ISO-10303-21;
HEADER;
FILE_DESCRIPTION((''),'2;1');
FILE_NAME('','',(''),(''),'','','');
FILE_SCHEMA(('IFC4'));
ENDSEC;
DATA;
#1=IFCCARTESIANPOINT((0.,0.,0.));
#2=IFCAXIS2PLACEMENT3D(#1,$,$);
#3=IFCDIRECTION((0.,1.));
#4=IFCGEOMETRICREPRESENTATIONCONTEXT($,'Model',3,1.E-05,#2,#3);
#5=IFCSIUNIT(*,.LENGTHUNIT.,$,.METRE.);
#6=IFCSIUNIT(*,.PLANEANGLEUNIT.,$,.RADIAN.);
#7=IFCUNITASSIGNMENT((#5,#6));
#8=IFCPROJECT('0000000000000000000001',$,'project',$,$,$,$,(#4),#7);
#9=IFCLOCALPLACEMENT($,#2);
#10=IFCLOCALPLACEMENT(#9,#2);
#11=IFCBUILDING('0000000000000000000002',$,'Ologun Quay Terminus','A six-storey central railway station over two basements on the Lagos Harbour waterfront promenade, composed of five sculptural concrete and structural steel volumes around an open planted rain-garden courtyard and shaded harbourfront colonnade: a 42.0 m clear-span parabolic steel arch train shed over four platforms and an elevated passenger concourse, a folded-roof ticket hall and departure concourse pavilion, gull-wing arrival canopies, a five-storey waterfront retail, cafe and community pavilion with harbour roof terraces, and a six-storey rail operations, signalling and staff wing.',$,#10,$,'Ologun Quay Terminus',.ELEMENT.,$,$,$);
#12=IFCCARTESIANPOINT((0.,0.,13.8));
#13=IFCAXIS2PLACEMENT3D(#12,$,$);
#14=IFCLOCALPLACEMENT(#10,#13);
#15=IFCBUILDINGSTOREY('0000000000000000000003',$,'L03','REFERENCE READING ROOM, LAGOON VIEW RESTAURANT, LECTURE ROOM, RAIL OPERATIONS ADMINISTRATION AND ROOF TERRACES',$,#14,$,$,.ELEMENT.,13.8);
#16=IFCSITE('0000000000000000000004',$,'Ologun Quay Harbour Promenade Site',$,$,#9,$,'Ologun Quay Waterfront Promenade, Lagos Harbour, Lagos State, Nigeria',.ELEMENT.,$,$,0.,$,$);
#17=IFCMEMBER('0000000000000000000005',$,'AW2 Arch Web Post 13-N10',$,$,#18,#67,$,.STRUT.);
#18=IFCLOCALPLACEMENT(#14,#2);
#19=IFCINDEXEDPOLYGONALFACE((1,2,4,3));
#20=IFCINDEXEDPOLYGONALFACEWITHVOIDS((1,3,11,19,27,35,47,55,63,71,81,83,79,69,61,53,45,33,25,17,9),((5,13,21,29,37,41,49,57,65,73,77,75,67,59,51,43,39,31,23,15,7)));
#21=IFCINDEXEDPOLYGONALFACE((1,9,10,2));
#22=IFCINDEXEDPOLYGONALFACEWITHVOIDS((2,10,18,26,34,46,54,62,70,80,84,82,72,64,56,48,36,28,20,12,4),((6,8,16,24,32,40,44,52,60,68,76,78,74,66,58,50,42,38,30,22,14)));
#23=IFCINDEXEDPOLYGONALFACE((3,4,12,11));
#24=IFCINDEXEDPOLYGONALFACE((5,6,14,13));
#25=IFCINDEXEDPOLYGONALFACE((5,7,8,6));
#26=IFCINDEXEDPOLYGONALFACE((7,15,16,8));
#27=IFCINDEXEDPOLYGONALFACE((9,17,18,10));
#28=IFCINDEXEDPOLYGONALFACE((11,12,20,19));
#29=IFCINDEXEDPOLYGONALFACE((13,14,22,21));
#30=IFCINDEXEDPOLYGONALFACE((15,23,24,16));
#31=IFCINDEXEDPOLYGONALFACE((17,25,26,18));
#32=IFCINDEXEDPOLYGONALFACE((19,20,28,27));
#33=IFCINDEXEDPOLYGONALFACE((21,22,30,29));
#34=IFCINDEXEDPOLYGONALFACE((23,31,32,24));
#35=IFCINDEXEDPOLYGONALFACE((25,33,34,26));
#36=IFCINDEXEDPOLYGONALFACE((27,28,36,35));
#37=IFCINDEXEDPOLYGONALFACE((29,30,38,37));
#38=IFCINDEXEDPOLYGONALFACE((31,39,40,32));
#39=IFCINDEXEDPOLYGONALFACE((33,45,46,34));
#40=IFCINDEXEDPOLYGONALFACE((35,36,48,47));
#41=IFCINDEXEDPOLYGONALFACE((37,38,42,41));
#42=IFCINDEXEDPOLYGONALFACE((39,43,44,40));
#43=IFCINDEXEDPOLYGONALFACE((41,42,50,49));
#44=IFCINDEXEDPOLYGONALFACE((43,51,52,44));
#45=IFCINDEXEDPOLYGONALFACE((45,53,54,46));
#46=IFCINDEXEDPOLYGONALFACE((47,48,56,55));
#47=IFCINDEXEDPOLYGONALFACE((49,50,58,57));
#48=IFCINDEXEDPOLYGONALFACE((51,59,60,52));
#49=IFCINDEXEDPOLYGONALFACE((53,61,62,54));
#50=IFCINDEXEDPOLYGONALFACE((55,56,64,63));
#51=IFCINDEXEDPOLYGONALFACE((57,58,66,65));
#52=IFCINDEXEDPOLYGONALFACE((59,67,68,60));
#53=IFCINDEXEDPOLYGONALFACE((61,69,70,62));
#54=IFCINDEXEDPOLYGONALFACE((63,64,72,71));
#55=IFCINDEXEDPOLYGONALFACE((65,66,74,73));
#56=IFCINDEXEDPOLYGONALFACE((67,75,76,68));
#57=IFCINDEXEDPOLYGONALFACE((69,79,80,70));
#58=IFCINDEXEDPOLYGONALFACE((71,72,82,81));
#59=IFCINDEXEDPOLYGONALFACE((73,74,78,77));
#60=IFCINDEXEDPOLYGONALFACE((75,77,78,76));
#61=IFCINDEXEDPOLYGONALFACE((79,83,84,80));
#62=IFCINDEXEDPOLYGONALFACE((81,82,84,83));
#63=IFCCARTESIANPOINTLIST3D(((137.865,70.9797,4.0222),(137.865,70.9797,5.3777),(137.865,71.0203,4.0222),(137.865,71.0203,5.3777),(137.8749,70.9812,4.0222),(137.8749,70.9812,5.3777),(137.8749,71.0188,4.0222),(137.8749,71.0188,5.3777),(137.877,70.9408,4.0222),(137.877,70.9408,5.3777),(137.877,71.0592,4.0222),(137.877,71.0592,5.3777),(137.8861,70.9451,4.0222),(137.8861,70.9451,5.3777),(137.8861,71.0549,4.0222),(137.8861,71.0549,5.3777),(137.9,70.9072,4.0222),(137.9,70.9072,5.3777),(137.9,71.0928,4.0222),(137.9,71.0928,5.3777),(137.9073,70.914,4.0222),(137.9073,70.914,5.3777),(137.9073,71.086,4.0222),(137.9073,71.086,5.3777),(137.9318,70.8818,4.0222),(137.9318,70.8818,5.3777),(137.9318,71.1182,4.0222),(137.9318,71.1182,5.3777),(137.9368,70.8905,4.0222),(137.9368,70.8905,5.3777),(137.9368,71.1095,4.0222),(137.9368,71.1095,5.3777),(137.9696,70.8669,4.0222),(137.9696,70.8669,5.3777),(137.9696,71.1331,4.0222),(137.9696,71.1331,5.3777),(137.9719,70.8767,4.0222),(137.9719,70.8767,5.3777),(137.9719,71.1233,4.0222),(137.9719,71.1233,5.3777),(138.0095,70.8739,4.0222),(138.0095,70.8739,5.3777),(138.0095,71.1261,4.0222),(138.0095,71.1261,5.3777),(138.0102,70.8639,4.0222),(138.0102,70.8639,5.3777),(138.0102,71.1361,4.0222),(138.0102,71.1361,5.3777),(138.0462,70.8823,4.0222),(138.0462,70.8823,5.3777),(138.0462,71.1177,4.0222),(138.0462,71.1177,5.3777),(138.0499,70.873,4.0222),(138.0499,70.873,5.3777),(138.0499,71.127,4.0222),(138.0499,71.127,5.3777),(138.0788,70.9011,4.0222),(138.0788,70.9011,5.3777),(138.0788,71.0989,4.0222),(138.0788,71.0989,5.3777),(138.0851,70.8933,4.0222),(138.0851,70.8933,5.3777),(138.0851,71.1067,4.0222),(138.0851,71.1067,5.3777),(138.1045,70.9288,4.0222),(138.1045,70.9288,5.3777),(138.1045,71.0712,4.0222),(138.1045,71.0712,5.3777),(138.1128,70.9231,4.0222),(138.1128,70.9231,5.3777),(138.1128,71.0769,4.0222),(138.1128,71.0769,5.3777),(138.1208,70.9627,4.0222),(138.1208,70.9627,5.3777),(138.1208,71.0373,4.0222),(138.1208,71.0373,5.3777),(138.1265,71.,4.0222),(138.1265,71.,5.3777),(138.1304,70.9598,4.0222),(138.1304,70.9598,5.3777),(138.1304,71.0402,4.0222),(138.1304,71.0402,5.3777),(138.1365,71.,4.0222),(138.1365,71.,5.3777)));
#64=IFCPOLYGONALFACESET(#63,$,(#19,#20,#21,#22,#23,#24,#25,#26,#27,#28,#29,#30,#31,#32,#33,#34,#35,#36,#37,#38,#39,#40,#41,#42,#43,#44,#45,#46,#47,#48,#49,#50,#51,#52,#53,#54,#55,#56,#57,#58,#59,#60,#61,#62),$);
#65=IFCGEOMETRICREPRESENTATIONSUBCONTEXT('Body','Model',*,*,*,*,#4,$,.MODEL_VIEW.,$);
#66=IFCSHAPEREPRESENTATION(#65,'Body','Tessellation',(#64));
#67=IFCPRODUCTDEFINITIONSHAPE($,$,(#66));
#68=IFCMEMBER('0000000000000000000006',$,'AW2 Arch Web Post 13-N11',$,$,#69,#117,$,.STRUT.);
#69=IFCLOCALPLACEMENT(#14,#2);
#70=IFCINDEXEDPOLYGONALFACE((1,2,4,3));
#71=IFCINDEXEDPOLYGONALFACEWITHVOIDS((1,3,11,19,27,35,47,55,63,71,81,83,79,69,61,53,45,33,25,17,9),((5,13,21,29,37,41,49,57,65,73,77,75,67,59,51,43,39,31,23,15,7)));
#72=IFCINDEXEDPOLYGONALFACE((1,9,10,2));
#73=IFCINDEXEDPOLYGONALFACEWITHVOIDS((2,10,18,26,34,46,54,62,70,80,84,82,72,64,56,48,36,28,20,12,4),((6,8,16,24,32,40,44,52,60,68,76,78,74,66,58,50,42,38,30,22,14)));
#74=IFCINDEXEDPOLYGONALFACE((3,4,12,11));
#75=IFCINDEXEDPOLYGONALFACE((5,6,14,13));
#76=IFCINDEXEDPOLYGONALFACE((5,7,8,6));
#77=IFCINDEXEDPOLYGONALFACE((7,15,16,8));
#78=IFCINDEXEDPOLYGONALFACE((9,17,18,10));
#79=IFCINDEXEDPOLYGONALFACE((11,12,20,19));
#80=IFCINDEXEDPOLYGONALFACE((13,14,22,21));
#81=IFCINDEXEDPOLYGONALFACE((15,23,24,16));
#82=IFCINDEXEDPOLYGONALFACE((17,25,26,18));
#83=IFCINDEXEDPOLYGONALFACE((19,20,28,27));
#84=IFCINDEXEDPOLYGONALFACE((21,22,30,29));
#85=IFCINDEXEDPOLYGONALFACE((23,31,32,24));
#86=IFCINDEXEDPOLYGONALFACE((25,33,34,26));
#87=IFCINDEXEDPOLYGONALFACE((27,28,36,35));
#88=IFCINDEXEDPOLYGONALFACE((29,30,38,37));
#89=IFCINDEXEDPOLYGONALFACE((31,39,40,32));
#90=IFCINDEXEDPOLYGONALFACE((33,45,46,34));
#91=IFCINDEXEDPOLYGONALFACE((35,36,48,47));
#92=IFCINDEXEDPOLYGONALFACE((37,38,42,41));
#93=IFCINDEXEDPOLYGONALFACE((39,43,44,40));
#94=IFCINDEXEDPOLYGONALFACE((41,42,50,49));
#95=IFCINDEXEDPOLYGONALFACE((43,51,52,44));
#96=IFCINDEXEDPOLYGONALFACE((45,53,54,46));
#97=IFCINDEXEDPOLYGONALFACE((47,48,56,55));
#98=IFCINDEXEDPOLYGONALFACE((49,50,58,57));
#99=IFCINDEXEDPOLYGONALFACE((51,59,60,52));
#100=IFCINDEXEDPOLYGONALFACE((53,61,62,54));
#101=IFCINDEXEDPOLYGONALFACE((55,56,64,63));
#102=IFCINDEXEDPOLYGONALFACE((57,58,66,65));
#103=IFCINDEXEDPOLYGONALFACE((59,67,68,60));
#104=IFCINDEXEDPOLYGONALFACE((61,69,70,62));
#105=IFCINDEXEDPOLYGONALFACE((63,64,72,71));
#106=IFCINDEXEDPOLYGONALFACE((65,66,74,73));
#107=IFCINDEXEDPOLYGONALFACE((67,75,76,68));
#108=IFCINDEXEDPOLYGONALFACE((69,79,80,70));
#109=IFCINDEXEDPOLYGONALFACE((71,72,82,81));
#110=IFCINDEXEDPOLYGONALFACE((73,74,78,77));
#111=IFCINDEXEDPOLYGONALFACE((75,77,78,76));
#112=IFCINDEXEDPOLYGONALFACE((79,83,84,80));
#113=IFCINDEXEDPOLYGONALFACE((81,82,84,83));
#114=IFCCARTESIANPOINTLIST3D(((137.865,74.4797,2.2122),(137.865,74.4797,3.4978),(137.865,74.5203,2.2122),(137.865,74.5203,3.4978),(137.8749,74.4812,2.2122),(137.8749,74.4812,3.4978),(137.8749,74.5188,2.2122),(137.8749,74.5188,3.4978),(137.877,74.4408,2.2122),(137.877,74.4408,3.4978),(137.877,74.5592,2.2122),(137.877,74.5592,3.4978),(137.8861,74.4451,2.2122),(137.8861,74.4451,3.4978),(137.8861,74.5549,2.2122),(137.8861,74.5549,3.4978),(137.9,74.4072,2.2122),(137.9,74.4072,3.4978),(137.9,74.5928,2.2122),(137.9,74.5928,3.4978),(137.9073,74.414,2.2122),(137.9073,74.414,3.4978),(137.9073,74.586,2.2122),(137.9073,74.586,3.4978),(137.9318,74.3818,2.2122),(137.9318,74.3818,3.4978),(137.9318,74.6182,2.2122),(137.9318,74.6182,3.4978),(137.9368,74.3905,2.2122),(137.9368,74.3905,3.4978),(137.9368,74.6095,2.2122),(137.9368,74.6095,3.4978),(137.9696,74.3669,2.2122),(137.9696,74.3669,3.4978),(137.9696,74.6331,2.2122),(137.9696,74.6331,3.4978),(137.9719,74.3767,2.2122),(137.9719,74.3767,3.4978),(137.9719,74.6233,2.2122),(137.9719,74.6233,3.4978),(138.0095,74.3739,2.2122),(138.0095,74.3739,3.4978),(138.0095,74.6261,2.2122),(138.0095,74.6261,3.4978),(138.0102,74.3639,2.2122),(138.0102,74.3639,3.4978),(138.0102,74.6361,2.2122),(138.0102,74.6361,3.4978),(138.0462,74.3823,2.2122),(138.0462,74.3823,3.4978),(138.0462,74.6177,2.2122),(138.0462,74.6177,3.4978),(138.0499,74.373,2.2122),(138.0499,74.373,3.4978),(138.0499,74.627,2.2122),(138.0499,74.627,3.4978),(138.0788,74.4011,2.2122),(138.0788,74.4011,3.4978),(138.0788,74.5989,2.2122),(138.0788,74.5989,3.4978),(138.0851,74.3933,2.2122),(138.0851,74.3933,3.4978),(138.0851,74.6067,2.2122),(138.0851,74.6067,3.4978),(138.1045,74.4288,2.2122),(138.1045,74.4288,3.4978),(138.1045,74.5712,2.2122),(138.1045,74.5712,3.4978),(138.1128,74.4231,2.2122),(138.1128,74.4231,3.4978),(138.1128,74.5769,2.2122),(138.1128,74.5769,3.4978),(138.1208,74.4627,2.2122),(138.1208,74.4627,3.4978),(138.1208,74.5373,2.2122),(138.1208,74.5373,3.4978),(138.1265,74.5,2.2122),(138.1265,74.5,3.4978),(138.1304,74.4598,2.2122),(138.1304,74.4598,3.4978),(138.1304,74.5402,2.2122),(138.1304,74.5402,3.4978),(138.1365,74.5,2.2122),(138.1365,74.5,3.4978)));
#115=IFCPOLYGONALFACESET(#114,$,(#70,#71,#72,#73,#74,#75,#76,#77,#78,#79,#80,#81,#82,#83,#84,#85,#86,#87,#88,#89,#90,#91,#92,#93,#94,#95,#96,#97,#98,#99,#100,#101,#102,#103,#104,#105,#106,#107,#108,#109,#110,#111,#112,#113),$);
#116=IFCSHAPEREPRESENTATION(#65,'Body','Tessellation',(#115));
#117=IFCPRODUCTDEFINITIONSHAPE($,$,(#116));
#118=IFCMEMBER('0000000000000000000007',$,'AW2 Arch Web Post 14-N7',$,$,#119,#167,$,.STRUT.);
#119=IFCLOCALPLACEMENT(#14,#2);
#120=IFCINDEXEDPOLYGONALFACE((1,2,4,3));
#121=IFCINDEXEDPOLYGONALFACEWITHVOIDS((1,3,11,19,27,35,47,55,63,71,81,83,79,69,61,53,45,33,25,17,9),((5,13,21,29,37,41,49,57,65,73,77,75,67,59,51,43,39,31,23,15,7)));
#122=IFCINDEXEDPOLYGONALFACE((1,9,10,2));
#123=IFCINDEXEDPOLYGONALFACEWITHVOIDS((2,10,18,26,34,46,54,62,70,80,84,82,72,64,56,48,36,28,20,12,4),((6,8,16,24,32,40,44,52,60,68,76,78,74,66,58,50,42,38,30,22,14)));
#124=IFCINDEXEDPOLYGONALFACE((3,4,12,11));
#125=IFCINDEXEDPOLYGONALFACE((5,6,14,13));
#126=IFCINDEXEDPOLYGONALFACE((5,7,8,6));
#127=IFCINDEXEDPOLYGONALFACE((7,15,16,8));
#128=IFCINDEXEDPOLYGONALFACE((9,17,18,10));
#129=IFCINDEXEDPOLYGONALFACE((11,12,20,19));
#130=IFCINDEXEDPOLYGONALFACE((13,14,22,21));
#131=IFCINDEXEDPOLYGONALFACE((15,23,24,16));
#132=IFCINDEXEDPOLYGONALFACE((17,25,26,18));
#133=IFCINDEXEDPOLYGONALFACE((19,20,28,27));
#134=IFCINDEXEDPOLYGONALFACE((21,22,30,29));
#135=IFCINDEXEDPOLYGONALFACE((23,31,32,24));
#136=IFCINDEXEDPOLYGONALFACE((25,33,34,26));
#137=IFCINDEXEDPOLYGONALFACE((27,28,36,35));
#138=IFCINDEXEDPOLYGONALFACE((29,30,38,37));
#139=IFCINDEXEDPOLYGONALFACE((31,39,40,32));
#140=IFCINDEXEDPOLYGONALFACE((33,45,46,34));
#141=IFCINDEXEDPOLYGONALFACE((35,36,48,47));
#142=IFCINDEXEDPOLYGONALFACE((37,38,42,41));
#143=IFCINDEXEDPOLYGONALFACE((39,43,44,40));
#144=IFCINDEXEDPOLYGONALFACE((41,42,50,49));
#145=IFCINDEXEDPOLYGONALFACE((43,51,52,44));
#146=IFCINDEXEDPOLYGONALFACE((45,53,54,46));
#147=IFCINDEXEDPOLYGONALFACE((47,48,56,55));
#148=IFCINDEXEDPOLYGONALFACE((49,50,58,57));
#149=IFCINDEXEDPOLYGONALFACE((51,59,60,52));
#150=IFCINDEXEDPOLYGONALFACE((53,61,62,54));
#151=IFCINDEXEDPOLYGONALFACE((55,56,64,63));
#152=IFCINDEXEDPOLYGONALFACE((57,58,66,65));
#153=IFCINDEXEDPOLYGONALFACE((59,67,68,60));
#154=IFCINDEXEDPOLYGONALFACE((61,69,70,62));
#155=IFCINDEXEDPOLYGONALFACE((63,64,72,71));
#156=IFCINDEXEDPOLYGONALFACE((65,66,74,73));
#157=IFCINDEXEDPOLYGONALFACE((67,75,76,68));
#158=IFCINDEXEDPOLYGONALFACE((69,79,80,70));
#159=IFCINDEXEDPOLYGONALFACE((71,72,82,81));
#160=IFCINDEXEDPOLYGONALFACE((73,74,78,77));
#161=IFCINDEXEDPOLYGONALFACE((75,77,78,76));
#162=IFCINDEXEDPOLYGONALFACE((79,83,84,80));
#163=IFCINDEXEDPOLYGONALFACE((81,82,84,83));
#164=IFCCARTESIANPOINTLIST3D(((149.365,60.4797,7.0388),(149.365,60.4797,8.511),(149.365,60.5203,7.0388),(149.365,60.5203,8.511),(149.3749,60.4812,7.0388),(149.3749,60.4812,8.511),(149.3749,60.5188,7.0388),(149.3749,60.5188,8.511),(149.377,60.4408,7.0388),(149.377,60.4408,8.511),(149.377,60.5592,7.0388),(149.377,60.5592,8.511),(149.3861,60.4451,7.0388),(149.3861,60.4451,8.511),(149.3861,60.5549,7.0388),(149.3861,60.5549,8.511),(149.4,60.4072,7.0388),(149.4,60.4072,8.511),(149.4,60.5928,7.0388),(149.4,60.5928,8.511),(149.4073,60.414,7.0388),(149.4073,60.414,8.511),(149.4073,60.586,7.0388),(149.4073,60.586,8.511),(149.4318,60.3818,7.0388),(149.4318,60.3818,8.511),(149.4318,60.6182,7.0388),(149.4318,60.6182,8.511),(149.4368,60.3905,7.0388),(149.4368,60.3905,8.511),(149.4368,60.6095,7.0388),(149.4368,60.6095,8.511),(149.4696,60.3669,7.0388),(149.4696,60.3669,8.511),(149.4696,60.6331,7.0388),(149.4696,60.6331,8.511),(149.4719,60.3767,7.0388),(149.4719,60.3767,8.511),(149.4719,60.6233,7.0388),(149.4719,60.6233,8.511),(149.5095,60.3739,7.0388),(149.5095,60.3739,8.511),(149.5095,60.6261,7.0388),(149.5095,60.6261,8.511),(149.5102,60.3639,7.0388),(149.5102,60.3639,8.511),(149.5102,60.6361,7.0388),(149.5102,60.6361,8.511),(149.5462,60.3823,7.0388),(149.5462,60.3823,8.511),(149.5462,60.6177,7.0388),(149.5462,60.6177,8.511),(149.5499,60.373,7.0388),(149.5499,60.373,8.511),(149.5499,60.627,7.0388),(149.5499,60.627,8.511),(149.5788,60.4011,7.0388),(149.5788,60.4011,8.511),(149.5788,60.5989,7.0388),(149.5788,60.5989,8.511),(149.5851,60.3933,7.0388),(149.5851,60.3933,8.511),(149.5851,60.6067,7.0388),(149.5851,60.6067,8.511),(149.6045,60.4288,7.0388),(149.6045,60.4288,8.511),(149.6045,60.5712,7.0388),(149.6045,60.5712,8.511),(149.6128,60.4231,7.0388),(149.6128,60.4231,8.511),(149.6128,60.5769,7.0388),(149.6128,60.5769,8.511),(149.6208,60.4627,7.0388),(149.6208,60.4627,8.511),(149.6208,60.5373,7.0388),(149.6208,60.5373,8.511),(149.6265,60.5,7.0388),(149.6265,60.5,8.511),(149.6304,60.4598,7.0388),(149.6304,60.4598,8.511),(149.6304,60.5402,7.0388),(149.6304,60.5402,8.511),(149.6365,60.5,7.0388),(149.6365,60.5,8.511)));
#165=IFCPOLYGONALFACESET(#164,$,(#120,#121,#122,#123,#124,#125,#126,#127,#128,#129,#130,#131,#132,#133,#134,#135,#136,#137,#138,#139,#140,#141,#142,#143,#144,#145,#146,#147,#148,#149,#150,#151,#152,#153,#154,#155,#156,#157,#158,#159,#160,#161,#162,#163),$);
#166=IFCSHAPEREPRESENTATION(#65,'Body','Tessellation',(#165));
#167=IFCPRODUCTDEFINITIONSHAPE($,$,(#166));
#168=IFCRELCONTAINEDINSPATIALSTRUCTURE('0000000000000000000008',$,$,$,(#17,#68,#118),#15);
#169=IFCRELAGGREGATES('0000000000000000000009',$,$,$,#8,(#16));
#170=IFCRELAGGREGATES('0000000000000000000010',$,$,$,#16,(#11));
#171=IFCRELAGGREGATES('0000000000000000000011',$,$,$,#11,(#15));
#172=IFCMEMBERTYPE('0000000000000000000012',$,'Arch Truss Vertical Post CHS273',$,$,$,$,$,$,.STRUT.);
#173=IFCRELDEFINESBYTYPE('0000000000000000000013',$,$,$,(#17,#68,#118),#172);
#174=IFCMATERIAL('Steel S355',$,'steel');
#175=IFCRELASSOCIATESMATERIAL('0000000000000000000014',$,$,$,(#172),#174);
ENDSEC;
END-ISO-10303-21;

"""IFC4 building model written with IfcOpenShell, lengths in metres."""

from ifc_helpers import new_model, si_unit, direction, frame, origin, origin_2d, place, context, subcontext, project, spatial, hollow_circle, extrude, material, material_profile, profile_set, type_object, element, save


model = new_model("IFC4")

# Units and contexts
model_context = context("Model", 3, precision=1e-05, world=origin(), true_north=direction((0.0, 1.0)))
body_context = subcontext(model_context, "Body", "Model", "MODEL_VIEW")
ifc_project = project(units=[si_unit("LENGTHUNIT", "METRE"), si_unit("PLANEANGLEUNIT", "RADIAN")], contexts=[model_context])

# Site, building, storey
site_placement = place(None, origin())
site = spatial("IfcSite", under=ifc_project, at=site_placement, Name="Ologun Quay Harbour Promenade Site", LongName="Ologun Quay Waterfront Promenade, Lagos Harbour, Lagos State, Nigeria", CompositionType="ELEMENT", RefElevation=0.0)
building_placement = place(site_placement, origin())
building = spatial("IfcBuilding", under=site, at=building_placement, Name="Ologun Quay Terminus", Description="A six-storey central railway station over two basements on the Lagos Harbour waterfront promenade, composed of five sculptural concrete and structural steel volumes around an open planted rain-garden courtyard and shaded harbourfront colonnade: a 42.0 m clear-span parabolic steel arch train shed over four platforms and an elevated passenger concourse, a folded-roof ticket hall and departure concourse pavilion, gull-wing arrival canopies, a five-storey waterfront retail, cafe and community pavilion with harbour roof terraces, and a six-storey rail operations, signalling and staff wing.", LongName="Ologun Quay Terminus", CompositionType="ELEMENT")
storey_placement = place(building_placement, frame((0.0, 0.0, 13.8)))
storey = spatial("IfcBuildingStorey", under=building, at=storey_placement, Name="L03", Description="REFERENCE READING ROOM, LAGOON VIEW RESTAURANT, LECTURE ROOM, RAIL OPERATIONS ADMINISTRATION AND ROOF TERRACES", CompositionType="ELEMENT", Elevation=13.8)

# Members
ifc_material_1 = material(Name="Steel S355", Category="steel")
ifc_material_profile_1 = material_profile(ifc_material_1, hollow_circle(Radius=0.1365, WallThickness=0.01, at=origin_2d()), Name="CHS 273x10")
ifc_profile_set_1 = profile_set([ifc_material_profile_1], Name="Steel S355")
member_type_1 = type_object("IfcMemberType", Name="Arch Truss Vertical Post CHS273", PredefinedType="STRUT", material=ifc_profile_set_1)
member_1_placement = place(storey_placement, frame((138.0, 71.0, 4.0222), z_axis=(0.0, 0.0, 1.0), x_axis=(1.0, 0.0, 0.0)))
element("IfcMember", 1, at=member_1_placement, inside=storey, type_object=member_type_1, Name="AW2 Arch Web Post 13-N10", PredefinedType="STRUT", context=body_context, shape_type="SweptSolid", body=[
    extrude(hollow_circle(Radius=0.1365, WallThickness=0.01, at=origin_2d()), origin(), (0.0, 0.0, 1.0), 1.3555),
])
member_2_placement = place(storey_placement, frame((138.0, 74.5, 2.2122), z_axis=(0.0, 0.0, 1.0), x_axis=(1.0, 0.0, 0.0)))
element("IfcMember", 2, at=member_2_placement, inside=storey, type_object=member_type_1, Name="AW2 Arch Web Post 13-N11", PredefinedType="STRUT", context=body_context, shape_type="SweptSolid", body=[
    extrude(hollow_circle(Radius=0.1365, WallThickness=0.01, at=origin_2d()), origin(), (0.0, 0.0, 1.0), 1.2856),
])
member_3_placement = place(storey_placement, frame((149.5, 60.5, 7.0388), z_axis=(0.0, 0.0, 1.0), x_axis=(1.0, 0.0, 0.0)))
element("IfcMember", 3, at=member_3_placement, inside=storey, type_object=member_type_1, Name="AW2 Arch Web Post 14-N7", PredefinedType="STRUT", context=body_context, shape_type="SweptSolid", body=[
    extrude(hollow_circle(Radius=0.1365, WallThickness=0.01, at=origin_2d()), origin(), (0.0, 0.0, 1.0), 1.4722),
])

save(model, "model.ifc")
